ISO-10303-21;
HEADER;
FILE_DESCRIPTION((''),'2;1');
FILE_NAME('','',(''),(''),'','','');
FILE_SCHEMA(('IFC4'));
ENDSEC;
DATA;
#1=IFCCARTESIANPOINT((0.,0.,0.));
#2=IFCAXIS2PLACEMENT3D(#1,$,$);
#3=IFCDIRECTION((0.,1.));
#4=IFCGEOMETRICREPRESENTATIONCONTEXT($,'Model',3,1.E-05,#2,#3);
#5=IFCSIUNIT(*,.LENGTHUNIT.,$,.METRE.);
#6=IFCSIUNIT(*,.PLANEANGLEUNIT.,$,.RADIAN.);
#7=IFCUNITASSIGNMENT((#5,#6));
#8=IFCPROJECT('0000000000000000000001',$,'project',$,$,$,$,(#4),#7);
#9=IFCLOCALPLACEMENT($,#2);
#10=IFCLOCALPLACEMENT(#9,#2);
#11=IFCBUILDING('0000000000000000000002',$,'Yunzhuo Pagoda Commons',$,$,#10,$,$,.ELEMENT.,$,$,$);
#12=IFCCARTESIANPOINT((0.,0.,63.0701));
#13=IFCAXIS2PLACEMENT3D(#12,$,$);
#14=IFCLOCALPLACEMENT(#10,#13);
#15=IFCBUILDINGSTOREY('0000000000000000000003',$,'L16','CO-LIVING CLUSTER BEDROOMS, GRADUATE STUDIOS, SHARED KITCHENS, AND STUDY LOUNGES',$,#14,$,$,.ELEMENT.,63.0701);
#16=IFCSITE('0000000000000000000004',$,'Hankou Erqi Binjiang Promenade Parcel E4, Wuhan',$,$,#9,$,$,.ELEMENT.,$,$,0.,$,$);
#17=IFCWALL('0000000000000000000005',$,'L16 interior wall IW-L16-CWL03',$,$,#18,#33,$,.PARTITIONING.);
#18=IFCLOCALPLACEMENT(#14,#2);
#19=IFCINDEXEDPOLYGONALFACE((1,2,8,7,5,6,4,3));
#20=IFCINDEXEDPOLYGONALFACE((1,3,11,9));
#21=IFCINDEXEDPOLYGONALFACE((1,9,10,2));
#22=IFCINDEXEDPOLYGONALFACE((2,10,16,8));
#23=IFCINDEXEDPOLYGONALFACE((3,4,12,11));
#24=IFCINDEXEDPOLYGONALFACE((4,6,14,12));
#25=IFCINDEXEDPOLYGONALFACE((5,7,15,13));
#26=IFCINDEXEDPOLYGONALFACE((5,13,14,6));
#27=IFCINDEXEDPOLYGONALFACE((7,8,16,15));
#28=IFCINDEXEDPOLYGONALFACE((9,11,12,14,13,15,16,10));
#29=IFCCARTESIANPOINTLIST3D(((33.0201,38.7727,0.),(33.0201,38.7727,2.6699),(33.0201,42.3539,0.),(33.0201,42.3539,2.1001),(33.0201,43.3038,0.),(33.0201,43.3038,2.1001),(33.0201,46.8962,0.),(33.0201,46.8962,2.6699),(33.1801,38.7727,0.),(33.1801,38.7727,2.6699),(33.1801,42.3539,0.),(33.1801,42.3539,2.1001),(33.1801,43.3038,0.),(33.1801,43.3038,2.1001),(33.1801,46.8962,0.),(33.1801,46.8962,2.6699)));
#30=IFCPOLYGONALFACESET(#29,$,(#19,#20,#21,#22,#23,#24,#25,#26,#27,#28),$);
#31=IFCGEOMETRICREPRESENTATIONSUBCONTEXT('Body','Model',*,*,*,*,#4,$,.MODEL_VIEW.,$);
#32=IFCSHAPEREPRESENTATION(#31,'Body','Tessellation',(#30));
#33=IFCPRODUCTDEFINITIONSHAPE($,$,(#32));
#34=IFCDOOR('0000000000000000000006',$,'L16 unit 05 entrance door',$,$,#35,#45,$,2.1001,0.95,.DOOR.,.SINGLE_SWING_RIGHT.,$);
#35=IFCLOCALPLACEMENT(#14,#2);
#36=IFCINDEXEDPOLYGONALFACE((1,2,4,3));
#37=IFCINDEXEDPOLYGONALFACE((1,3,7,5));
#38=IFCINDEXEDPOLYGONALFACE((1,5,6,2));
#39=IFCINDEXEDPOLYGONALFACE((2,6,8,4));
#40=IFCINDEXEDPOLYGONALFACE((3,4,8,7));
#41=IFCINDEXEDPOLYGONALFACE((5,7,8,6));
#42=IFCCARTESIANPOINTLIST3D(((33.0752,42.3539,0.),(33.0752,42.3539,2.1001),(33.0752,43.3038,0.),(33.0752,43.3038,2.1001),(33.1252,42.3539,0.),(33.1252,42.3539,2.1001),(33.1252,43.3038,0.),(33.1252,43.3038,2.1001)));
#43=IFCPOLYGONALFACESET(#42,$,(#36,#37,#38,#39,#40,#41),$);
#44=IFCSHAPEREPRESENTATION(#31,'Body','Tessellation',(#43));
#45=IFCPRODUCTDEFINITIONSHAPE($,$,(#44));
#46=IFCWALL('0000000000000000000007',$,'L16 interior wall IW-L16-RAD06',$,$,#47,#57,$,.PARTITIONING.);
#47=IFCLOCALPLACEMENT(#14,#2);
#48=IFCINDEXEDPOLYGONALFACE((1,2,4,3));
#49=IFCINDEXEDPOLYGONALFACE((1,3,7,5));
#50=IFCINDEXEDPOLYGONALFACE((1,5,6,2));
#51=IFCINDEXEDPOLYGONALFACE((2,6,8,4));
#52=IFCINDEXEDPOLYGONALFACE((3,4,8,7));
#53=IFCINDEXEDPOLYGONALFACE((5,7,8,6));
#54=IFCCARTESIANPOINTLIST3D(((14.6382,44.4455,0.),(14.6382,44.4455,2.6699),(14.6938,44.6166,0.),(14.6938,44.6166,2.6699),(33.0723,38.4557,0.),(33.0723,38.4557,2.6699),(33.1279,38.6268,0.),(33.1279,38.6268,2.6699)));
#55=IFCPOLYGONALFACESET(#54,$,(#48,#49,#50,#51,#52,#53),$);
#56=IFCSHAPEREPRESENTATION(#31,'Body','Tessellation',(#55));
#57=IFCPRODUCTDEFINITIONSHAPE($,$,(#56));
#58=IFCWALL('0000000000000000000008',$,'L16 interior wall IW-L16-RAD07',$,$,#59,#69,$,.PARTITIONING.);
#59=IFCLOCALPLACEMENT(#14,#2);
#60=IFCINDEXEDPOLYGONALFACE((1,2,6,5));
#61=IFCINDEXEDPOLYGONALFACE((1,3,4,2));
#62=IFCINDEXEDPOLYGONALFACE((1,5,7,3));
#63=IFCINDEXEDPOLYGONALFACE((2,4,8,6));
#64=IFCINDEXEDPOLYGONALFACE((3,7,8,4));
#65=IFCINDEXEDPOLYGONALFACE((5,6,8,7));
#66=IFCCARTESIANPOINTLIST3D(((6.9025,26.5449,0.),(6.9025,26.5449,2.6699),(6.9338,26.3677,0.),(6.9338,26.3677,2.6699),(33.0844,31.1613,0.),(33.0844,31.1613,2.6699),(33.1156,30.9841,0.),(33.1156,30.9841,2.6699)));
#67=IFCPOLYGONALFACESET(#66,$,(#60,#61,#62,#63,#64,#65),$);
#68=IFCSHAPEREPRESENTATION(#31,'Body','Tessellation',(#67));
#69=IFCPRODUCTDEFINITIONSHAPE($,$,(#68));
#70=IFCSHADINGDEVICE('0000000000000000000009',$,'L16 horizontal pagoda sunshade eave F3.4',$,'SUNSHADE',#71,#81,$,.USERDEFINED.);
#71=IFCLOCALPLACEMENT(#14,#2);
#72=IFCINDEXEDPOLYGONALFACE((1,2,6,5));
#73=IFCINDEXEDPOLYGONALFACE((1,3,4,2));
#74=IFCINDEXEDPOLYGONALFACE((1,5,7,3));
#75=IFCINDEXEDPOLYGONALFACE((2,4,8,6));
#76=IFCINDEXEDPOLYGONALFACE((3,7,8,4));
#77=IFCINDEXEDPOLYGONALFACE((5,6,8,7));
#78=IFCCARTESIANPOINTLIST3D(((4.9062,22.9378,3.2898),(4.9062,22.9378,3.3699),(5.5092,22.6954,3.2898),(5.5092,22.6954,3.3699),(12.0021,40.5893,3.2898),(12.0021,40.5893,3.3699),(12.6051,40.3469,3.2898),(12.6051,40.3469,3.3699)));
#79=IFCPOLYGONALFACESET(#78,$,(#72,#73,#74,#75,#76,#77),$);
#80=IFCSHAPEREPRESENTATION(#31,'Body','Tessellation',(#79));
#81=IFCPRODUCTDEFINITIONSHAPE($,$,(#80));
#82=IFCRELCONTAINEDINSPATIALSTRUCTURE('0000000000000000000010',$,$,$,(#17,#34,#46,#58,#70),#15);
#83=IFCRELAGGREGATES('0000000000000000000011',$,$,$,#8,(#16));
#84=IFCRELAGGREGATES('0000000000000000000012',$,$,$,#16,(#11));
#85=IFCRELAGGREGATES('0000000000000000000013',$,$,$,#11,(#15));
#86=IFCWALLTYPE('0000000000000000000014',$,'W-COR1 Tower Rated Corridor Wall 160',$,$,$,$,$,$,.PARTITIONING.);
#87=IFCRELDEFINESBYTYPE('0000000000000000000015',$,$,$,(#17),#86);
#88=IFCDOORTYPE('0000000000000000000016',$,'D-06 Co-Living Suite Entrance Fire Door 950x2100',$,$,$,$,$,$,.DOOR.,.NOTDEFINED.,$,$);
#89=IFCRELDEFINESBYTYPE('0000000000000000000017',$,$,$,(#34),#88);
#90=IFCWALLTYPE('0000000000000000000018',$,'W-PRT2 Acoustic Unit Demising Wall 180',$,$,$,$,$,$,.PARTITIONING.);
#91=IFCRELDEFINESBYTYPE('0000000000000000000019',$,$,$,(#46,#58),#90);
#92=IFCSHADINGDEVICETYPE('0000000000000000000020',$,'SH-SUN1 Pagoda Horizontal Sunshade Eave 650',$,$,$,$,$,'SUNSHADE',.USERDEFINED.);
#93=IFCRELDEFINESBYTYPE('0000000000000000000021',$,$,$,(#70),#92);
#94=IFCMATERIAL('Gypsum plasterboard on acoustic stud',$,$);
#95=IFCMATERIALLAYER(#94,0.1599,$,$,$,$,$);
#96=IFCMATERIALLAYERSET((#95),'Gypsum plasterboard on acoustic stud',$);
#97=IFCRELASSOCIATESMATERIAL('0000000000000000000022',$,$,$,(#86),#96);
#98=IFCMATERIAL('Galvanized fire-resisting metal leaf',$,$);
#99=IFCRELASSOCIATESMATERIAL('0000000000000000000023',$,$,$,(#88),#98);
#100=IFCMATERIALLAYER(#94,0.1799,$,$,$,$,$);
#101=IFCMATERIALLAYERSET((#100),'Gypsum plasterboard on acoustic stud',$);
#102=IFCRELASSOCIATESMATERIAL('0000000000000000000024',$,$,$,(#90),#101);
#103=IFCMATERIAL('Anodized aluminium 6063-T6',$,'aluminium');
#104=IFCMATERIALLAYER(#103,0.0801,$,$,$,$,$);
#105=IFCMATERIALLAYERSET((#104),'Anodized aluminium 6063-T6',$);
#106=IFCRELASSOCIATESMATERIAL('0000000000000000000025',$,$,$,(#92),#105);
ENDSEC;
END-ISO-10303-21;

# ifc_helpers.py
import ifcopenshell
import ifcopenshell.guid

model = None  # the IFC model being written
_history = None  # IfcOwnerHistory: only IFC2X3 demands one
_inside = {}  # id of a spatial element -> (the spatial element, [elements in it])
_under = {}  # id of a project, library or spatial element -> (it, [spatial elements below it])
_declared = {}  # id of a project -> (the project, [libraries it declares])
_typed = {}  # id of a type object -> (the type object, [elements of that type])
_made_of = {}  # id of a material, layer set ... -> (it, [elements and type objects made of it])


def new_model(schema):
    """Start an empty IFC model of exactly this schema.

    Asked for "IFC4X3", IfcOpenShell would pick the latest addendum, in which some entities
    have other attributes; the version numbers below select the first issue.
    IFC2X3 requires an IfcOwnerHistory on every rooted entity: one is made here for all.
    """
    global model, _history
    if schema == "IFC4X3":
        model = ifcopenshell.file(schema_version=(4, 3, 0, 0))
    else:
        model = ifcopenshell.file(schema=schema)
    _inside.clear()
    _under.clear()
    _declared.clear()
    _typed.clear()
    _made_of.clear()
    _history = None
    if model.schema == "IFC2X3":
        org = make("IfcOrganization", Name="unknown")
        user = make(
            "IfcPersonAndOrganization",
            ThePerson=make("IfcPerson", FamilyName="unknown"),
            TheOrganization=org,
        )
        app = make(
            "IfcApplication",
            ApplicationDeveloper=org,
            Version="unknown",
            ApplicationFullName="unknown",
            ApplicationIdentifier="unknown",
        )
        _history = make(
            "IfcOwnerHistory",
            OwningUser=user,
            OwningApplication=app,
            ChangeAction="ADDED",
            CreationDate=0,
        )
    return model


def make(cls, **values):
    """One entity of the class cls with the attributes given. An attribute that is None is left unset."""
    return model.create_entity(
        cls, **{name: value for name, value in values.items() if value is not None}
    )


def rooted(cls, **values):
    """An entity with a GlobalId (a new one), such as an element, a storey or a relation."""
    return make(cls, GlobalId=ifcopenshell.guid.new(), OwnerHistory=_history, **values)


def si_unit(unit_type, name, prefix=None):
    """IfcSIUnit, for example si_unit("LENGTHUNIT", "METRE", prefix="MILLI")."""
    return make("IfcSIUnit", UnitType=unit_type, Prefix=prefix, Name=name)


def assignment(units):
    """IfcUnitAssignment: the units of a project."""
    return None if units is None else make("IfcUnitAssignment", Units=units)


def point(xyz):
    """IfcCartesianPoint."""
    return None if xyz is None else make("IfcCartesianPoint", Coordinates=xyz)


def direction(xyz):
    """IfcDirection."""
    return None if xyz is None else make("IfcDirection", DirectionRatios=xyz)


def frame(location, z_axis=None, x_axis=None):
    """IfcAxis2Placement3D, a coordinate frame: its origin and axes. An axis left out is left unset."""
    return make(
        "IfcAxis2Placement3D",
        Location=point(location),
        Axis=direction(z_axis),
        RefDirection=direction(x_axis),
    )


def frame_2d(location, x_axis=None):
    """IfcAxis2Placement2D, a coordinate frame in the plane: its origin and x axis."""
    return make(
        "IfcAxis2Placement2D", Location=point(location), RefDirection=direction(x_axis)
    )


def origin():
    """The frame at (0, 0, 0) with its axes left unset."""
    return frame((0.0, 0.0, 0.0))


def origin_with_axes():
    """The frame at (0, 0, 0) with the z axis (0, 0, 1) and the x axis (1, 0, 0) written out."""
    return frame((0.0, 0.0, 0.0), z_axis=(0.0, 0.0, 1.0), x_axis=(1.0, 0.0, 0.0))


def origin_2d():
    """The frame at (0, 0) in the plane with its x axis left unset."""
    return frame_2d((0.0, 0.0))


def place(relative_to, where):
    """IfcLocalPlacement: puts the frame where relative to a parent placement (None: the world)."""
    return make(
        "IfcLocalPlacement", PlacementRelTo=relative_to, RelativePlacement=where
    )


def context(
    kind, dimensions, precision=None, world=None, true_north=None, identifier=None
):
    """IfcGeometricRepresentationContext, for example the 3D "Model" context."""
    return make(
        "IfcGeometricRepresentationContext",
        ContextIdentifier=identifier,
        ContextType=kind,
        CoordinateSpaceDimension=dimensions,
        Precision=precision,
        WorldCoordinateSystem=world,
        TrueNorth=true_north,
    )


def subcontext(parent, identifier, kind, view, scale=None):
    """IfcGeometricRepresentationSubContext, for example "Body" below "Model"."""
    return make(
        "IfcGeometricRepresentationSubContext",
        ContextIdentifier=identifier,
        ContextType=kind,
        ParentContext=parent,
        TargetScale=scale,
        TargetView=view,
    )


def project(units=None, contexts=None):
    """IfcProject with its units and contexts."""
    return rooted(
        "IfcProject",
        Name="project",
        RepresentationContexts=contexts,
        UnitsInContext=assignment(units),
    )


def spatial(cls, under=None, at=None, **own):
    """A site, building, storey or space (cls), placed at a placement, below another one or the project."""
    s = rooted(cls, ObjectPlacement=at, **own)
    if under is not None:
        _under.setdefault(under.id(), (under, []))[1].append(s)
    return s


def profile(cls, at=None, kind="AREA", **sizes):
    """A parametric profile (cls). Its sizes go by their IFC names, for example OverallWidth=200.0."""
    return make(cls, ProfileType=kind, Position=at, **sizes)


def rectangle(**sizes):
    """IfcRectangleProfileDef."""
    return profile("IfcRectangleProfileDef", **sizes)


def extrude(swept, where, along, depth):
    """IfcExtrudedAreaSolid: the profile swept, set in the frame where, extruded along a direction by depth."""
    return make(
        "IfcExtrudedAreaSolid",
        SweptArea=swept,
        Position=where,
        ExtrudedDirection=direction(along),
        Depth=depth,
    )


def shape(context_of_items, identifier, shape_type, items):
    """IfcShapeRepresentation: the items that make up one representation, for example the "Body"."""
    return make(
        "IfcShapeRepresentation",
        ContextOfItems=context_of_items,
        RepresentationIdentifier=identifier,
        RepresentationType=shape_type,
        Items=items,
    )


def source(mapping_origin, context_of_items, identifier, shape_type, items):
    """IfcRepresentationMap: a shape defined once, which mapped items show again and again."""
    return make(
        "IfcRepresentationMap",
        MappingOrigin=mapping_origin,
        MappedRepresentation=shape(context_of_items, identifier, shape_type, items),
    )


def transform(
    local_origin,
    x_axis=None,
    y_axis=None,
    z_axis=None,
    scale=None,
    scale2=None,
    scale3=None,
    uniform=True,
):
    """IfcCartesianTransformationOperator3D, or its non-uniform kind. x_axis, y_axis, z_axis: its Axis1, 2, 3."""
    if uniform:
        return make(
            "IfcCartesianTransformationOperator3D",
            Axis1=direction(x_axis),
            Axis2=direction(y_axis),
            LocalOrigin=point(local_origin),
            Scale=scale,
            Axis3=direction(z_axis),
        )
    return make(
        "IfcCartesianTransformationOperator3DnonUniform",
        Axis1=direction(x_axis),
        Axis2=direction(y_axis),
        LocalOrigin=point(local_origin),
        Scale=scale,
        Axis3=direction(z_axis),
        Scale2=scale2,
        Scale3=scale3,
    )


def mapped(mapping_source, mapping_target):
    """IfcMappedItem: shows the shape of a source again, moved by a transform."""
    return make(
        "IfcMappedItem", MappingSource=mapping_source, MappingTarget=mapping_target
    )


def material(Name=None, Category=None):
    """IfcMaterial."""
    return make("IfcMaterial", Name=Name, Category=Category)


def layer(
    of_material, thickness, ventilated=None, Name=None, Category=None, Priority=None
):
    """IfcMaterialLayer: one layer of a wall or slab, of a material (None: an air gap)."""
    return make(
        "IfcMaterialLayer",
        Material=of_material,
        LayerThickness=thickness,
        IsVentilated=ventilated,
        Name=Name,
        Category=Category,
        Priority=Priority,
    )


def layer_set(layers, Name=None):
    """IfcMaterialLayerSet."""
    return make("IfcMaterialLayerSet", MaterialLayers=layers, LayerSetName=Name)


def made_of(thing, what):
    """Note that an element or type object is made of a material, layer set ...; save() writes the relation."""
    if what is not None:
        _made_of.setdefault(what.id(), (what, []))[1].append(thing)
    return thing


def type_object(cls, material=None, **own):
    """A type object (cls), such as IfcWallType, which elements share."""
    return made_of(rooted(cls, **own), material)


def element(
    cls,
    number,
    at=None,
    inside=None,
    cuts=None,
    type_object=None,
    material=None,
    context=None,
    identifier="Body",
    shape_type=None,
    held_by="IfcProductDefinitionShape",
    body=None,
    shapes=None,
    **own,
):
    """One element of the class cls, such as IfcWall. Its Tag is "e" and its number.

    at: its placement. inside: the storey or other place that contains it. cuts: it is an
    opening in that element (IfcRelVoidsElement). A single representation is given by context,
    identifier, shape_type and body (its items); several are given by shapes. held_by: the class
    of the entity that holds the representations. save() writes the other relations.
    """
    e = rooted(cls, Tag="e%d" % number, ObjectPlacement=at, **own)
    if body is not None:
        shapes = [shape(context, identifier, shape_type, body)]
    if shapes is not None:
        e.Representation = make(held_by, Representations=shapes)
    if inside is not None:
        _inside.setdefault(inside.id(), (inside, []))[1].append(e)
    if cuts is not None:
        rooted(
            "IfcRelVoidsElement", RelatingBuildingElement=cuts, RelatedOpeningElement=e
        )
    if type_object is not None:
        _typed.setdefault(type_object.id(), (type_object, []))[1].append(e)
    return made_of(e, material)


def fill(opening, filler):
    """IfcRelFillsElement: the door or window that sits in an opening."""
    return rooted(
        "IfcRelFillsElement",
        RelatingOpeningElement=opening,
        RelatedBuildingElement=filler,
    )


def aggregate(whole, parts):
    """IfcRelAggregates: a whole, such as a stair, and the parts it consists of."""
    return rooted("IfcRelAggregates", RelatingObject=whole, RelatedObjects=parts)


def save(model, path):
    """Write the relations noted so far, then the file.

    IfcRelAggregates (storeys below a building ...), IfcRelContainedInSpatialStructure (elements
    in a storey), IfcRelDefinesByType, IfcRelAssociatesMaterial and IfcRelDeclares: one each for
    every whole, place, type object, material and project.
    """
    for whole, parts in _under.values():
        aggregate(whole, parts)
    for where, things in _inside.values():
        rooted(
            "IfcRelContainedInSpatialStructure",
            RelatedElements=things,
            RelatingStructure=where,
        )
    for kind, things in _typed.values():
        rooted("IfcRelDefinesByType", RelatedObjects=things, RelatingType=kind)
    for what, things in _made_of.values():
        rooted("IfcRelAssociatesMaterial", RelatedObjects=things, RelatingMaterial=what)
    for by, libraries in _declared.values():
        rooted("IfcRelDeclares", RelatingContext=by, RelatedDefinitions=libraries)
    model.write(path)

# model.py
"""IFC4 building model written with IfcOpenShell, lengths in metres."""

from ifc_helpers import new_model, si_unit, direction, frame, frame_2d, origin, origin_with_axes, origin_2d, place, context, subcontext, project, spatial, rectangle, extrude, source, transform, mapped, material, layer, layer_set, type_object, element, fill, save


model = new_model("IFC4")

# Units and contexts
model_context = context("Model", 3, precision=1e-05, world=origin(), true_north=direction((0.0, 1.0)))
body_context = subcontext(model_context, "Body", "Model", "MODEL_VIEW")
ifc_project = project(units=[si_unit("LENGTHUNIT", "METRE"), si_unit("PLANEANGLEUNIT", "RADIAN")], contexts=[model_context])

# Site, building, storey
site_placement = place(None, origin())
site = spatial("IfcSite", under=ifc_project, at=site_placement, Name="Hankou Erqi Binjiang Promenade Parcel E4, Wuhan", CompositionType="ELEMENT", RefElevation=0.0)
building_placement = place(site_placement, origin())
building = spatial("IfcBuilding", under=site, at=building_placement, Name="Yunzhuo Pagoda Commons", CompositionType="ELEMENT")
storey_placement = place(building_placement, frame((0.0, 0.0, 63.0701)))
storey = spatial("IfcBuildingStorey", under=building, at=storey_placement, Name="L16", Description="CO-LIVING CLUSTER BEDROOMS, GRADUATE STUDIOS, SHARED KITCHENS, AND STUDY LOUNGES", CompositionType="ELEMENT", Elevation=63.0701)

# Shared definitions
ifc_material_1 = material(Name="Anodized aluminium 6063-T6", Category="aluminium")

# Shared definitions
ifc_material_2 = material(Name="Galvanized fire-resisting metal leaf")

# Shared definitions
ifc_material_3 = material(Name="Gypsum plasterboard on acoustic stud")
ifc_layer_1 = layer(ifc_material_3, 0.1599)
ifc_layer_set_1 = layer_set([ifc_layer_1], Name="Gypsum plasterboard on acoustic stud")
wall_type_1 = type_object("IfcWallType", Name="W-COR1 Tower Rated Corridor Wall 160", PredefinedType="PARTITIONING", material=ifc_layer_set_1)

# Wall, opening, door
door_type_1 = type_object("IfcDoorType", Name="D-06 Co-Living Suite Entrance Fire Door 950x2100", OperationType="NOTDEFINED", PredefinedType="DOOR", material=ifc_material_2)
shared_shape_1 = source(origin(), body_context, "Body", "SweptSolid", [
    extrude(rectangle(XDim=0.95, YDim=2.1001, at=frame_2d((0.4751, 1.05))), frame((0.0, 0.0249, 0.0), z_axis=(0.0, -1.0, 0.0), x_axis=(1.0, 0.0, 0.0)), (0.0, 0.0, 1.0), 0.05),
])
wall_1_placement = place(storey_placement, frame((33.1001, 38.7727, 0.0), z_axis=(0.0, 0.0, 1.0), x_axis=(0.0, 1.0, 0.0)))
wall_1 = element("IfcWall", 1, at=wall_1_placement, inside=storey, type_object=wall_type_1, Name="L16 interior wall IW-L16-CWL03", PredefinedType="PARTITIONING", context=body_context, shape_type="SweptSolid", body=[
    extrude(rectangle(XDim=8.1235, YDim=0.1599, at=frame_2d((4.0618, 0.0))), origin(), (0.0, 0.0, 1.0), 2.6699),
])
opening_1_placement = place(wall_1_placement, frame((3.5811, 0.0, 0.0)))
opening_1 = element("IfcOpeningElement", 2, at=opening_1_placement, cuts=wall_1, PredefinedType="OPENING", context=body_context, shape_type="SweptSolid", body=[
    extrude(rectangle(XDim=0.95, YDim=2.1001, at=frame_2d((0.4751, 1.05))), frame((0.0, 0.0898, 0.0), z_axis=(0.0, -1.0, 0.0), x_axis=(1.0, 0.0, 0.0)), (0.0, 0.0, 1.0), 0.1799),
])
door_1_placement = place(opening_1_placement, origin_with_axes())
door_1 = element("IfcDoor", 3, at=door_1_placement, inside=storey, type_object=door_type_1, Name="L16 unit 05 entrance door", OperationType="SINGLE_SWING_RIGHT", OverallHeight=2.1001, OverallWidth=0.95, PredefinedType="DOOR", context=body_context, shape_type="MappedRepresentation", body=[
    mapped(shared_shape_1, transform((0.0, 0.0, 0.0), scale=1.0)),
])
fill(opening_1, door_1)

# Walls
ifc_layer_2 = layer(ifc_material_3, 0.1799)
ifc_layer_set_2 = layer_set([ifc_layer_2], Name="Gypsum plasterboard on acoustic stud")
wall_type_2 = type_object("IfcWallType", Name="W-PRT2 Acoustic Unit Demising Wall 180", PredefinedType="PARTITIONING", material=ifc_layer_set_2)
wall_2_placement = place(storey_placement, frame((33.1001, 38.5413, 0.0), z_axis=(0.0, 0.0, 1.0), x_axis=(-0.951054, 0.309024, 0.0)))
element("IfcWall", 4, at=wall_2_placement, inside=storey, type_object=wall_type_2, Name="L16 interior wall IW-L16-RAD06", PredefinedType="PARTITIONING", context=body_context, shape_type="SweptSolid", body=[
    extrude(rectangle(XDim=19.3828, YDim=0.1799, at=frame_2d((9.6914, 0.0))), origin(), (0.0, 0.0, 1.0), 2.6699),
])
wall_3_placement = place(storey_placement, frame((33.1001, 31.0728, 0.0), z_axis=(0.0, 0.0, 1.0), x_axis=(-0.984809, -0.173644, 0.0)))
element("IfcWall", 5, at=wall_3_placement, inside=storey, type_object=wall_type_2, Name="L16 interior wall IW-L16-RAD07", PredefinedType="PARTITIONING", context=body_context, shape_type="SweptSolid", body=[
    extrude(rectangle(XDim=26.5857, YDim=0.1799, at=frame_2d((13.293, 0.0))), origin(), (0.0, 0.0, 1.0), 2.6699),
])

# Shading device
ifc_layer_3 = layer(ifc_material_1, 0.0801)
ifc_layer_set_3 = layer_set([ifc_layer_3], Name="Anodized aluminium 6063-T6")
shading_device_type = type_object("IfcShadingDeviceType", Name="SH-SUN1 Pagoda Horizontal Sunshade Eave 650", ElementType="SUNSHADE", PredefinedType="USERDEFINED", material=ifc_layer_set_3)
shared_shape_2 = source(origin(), body_context, "Body", "SweptSolid", [
    extrude(rectangle(XDim=19.0244, YDim=0.6499, at=origin_2d()), origin(), (0.0, 0.0, 1.0), 0.0801),
])
shading_device_placement = place(storey_placement, frame((8.7556, 31.6423, 3.2898), z_axis=(0.0, 0.0, 1.0), x_axis=(-0.372988, -0.927836, 0.0)))
element("IfcShadingDevice", 6, at=shading_device_placement, inside=storey, type_object=shading_device_type, Name="L16 horizontal pagoda sunshade eave F3.4", ObjectType="SUNSHADE", PredefinedType="USERDEFINED", context=body_context, shape_type="MappedRepresentation", body=[
    mapped(shared_shape_2, transform((0.0, 0.0, 0.0), scale=1.0)),
])

save(model, "model.ifc")
